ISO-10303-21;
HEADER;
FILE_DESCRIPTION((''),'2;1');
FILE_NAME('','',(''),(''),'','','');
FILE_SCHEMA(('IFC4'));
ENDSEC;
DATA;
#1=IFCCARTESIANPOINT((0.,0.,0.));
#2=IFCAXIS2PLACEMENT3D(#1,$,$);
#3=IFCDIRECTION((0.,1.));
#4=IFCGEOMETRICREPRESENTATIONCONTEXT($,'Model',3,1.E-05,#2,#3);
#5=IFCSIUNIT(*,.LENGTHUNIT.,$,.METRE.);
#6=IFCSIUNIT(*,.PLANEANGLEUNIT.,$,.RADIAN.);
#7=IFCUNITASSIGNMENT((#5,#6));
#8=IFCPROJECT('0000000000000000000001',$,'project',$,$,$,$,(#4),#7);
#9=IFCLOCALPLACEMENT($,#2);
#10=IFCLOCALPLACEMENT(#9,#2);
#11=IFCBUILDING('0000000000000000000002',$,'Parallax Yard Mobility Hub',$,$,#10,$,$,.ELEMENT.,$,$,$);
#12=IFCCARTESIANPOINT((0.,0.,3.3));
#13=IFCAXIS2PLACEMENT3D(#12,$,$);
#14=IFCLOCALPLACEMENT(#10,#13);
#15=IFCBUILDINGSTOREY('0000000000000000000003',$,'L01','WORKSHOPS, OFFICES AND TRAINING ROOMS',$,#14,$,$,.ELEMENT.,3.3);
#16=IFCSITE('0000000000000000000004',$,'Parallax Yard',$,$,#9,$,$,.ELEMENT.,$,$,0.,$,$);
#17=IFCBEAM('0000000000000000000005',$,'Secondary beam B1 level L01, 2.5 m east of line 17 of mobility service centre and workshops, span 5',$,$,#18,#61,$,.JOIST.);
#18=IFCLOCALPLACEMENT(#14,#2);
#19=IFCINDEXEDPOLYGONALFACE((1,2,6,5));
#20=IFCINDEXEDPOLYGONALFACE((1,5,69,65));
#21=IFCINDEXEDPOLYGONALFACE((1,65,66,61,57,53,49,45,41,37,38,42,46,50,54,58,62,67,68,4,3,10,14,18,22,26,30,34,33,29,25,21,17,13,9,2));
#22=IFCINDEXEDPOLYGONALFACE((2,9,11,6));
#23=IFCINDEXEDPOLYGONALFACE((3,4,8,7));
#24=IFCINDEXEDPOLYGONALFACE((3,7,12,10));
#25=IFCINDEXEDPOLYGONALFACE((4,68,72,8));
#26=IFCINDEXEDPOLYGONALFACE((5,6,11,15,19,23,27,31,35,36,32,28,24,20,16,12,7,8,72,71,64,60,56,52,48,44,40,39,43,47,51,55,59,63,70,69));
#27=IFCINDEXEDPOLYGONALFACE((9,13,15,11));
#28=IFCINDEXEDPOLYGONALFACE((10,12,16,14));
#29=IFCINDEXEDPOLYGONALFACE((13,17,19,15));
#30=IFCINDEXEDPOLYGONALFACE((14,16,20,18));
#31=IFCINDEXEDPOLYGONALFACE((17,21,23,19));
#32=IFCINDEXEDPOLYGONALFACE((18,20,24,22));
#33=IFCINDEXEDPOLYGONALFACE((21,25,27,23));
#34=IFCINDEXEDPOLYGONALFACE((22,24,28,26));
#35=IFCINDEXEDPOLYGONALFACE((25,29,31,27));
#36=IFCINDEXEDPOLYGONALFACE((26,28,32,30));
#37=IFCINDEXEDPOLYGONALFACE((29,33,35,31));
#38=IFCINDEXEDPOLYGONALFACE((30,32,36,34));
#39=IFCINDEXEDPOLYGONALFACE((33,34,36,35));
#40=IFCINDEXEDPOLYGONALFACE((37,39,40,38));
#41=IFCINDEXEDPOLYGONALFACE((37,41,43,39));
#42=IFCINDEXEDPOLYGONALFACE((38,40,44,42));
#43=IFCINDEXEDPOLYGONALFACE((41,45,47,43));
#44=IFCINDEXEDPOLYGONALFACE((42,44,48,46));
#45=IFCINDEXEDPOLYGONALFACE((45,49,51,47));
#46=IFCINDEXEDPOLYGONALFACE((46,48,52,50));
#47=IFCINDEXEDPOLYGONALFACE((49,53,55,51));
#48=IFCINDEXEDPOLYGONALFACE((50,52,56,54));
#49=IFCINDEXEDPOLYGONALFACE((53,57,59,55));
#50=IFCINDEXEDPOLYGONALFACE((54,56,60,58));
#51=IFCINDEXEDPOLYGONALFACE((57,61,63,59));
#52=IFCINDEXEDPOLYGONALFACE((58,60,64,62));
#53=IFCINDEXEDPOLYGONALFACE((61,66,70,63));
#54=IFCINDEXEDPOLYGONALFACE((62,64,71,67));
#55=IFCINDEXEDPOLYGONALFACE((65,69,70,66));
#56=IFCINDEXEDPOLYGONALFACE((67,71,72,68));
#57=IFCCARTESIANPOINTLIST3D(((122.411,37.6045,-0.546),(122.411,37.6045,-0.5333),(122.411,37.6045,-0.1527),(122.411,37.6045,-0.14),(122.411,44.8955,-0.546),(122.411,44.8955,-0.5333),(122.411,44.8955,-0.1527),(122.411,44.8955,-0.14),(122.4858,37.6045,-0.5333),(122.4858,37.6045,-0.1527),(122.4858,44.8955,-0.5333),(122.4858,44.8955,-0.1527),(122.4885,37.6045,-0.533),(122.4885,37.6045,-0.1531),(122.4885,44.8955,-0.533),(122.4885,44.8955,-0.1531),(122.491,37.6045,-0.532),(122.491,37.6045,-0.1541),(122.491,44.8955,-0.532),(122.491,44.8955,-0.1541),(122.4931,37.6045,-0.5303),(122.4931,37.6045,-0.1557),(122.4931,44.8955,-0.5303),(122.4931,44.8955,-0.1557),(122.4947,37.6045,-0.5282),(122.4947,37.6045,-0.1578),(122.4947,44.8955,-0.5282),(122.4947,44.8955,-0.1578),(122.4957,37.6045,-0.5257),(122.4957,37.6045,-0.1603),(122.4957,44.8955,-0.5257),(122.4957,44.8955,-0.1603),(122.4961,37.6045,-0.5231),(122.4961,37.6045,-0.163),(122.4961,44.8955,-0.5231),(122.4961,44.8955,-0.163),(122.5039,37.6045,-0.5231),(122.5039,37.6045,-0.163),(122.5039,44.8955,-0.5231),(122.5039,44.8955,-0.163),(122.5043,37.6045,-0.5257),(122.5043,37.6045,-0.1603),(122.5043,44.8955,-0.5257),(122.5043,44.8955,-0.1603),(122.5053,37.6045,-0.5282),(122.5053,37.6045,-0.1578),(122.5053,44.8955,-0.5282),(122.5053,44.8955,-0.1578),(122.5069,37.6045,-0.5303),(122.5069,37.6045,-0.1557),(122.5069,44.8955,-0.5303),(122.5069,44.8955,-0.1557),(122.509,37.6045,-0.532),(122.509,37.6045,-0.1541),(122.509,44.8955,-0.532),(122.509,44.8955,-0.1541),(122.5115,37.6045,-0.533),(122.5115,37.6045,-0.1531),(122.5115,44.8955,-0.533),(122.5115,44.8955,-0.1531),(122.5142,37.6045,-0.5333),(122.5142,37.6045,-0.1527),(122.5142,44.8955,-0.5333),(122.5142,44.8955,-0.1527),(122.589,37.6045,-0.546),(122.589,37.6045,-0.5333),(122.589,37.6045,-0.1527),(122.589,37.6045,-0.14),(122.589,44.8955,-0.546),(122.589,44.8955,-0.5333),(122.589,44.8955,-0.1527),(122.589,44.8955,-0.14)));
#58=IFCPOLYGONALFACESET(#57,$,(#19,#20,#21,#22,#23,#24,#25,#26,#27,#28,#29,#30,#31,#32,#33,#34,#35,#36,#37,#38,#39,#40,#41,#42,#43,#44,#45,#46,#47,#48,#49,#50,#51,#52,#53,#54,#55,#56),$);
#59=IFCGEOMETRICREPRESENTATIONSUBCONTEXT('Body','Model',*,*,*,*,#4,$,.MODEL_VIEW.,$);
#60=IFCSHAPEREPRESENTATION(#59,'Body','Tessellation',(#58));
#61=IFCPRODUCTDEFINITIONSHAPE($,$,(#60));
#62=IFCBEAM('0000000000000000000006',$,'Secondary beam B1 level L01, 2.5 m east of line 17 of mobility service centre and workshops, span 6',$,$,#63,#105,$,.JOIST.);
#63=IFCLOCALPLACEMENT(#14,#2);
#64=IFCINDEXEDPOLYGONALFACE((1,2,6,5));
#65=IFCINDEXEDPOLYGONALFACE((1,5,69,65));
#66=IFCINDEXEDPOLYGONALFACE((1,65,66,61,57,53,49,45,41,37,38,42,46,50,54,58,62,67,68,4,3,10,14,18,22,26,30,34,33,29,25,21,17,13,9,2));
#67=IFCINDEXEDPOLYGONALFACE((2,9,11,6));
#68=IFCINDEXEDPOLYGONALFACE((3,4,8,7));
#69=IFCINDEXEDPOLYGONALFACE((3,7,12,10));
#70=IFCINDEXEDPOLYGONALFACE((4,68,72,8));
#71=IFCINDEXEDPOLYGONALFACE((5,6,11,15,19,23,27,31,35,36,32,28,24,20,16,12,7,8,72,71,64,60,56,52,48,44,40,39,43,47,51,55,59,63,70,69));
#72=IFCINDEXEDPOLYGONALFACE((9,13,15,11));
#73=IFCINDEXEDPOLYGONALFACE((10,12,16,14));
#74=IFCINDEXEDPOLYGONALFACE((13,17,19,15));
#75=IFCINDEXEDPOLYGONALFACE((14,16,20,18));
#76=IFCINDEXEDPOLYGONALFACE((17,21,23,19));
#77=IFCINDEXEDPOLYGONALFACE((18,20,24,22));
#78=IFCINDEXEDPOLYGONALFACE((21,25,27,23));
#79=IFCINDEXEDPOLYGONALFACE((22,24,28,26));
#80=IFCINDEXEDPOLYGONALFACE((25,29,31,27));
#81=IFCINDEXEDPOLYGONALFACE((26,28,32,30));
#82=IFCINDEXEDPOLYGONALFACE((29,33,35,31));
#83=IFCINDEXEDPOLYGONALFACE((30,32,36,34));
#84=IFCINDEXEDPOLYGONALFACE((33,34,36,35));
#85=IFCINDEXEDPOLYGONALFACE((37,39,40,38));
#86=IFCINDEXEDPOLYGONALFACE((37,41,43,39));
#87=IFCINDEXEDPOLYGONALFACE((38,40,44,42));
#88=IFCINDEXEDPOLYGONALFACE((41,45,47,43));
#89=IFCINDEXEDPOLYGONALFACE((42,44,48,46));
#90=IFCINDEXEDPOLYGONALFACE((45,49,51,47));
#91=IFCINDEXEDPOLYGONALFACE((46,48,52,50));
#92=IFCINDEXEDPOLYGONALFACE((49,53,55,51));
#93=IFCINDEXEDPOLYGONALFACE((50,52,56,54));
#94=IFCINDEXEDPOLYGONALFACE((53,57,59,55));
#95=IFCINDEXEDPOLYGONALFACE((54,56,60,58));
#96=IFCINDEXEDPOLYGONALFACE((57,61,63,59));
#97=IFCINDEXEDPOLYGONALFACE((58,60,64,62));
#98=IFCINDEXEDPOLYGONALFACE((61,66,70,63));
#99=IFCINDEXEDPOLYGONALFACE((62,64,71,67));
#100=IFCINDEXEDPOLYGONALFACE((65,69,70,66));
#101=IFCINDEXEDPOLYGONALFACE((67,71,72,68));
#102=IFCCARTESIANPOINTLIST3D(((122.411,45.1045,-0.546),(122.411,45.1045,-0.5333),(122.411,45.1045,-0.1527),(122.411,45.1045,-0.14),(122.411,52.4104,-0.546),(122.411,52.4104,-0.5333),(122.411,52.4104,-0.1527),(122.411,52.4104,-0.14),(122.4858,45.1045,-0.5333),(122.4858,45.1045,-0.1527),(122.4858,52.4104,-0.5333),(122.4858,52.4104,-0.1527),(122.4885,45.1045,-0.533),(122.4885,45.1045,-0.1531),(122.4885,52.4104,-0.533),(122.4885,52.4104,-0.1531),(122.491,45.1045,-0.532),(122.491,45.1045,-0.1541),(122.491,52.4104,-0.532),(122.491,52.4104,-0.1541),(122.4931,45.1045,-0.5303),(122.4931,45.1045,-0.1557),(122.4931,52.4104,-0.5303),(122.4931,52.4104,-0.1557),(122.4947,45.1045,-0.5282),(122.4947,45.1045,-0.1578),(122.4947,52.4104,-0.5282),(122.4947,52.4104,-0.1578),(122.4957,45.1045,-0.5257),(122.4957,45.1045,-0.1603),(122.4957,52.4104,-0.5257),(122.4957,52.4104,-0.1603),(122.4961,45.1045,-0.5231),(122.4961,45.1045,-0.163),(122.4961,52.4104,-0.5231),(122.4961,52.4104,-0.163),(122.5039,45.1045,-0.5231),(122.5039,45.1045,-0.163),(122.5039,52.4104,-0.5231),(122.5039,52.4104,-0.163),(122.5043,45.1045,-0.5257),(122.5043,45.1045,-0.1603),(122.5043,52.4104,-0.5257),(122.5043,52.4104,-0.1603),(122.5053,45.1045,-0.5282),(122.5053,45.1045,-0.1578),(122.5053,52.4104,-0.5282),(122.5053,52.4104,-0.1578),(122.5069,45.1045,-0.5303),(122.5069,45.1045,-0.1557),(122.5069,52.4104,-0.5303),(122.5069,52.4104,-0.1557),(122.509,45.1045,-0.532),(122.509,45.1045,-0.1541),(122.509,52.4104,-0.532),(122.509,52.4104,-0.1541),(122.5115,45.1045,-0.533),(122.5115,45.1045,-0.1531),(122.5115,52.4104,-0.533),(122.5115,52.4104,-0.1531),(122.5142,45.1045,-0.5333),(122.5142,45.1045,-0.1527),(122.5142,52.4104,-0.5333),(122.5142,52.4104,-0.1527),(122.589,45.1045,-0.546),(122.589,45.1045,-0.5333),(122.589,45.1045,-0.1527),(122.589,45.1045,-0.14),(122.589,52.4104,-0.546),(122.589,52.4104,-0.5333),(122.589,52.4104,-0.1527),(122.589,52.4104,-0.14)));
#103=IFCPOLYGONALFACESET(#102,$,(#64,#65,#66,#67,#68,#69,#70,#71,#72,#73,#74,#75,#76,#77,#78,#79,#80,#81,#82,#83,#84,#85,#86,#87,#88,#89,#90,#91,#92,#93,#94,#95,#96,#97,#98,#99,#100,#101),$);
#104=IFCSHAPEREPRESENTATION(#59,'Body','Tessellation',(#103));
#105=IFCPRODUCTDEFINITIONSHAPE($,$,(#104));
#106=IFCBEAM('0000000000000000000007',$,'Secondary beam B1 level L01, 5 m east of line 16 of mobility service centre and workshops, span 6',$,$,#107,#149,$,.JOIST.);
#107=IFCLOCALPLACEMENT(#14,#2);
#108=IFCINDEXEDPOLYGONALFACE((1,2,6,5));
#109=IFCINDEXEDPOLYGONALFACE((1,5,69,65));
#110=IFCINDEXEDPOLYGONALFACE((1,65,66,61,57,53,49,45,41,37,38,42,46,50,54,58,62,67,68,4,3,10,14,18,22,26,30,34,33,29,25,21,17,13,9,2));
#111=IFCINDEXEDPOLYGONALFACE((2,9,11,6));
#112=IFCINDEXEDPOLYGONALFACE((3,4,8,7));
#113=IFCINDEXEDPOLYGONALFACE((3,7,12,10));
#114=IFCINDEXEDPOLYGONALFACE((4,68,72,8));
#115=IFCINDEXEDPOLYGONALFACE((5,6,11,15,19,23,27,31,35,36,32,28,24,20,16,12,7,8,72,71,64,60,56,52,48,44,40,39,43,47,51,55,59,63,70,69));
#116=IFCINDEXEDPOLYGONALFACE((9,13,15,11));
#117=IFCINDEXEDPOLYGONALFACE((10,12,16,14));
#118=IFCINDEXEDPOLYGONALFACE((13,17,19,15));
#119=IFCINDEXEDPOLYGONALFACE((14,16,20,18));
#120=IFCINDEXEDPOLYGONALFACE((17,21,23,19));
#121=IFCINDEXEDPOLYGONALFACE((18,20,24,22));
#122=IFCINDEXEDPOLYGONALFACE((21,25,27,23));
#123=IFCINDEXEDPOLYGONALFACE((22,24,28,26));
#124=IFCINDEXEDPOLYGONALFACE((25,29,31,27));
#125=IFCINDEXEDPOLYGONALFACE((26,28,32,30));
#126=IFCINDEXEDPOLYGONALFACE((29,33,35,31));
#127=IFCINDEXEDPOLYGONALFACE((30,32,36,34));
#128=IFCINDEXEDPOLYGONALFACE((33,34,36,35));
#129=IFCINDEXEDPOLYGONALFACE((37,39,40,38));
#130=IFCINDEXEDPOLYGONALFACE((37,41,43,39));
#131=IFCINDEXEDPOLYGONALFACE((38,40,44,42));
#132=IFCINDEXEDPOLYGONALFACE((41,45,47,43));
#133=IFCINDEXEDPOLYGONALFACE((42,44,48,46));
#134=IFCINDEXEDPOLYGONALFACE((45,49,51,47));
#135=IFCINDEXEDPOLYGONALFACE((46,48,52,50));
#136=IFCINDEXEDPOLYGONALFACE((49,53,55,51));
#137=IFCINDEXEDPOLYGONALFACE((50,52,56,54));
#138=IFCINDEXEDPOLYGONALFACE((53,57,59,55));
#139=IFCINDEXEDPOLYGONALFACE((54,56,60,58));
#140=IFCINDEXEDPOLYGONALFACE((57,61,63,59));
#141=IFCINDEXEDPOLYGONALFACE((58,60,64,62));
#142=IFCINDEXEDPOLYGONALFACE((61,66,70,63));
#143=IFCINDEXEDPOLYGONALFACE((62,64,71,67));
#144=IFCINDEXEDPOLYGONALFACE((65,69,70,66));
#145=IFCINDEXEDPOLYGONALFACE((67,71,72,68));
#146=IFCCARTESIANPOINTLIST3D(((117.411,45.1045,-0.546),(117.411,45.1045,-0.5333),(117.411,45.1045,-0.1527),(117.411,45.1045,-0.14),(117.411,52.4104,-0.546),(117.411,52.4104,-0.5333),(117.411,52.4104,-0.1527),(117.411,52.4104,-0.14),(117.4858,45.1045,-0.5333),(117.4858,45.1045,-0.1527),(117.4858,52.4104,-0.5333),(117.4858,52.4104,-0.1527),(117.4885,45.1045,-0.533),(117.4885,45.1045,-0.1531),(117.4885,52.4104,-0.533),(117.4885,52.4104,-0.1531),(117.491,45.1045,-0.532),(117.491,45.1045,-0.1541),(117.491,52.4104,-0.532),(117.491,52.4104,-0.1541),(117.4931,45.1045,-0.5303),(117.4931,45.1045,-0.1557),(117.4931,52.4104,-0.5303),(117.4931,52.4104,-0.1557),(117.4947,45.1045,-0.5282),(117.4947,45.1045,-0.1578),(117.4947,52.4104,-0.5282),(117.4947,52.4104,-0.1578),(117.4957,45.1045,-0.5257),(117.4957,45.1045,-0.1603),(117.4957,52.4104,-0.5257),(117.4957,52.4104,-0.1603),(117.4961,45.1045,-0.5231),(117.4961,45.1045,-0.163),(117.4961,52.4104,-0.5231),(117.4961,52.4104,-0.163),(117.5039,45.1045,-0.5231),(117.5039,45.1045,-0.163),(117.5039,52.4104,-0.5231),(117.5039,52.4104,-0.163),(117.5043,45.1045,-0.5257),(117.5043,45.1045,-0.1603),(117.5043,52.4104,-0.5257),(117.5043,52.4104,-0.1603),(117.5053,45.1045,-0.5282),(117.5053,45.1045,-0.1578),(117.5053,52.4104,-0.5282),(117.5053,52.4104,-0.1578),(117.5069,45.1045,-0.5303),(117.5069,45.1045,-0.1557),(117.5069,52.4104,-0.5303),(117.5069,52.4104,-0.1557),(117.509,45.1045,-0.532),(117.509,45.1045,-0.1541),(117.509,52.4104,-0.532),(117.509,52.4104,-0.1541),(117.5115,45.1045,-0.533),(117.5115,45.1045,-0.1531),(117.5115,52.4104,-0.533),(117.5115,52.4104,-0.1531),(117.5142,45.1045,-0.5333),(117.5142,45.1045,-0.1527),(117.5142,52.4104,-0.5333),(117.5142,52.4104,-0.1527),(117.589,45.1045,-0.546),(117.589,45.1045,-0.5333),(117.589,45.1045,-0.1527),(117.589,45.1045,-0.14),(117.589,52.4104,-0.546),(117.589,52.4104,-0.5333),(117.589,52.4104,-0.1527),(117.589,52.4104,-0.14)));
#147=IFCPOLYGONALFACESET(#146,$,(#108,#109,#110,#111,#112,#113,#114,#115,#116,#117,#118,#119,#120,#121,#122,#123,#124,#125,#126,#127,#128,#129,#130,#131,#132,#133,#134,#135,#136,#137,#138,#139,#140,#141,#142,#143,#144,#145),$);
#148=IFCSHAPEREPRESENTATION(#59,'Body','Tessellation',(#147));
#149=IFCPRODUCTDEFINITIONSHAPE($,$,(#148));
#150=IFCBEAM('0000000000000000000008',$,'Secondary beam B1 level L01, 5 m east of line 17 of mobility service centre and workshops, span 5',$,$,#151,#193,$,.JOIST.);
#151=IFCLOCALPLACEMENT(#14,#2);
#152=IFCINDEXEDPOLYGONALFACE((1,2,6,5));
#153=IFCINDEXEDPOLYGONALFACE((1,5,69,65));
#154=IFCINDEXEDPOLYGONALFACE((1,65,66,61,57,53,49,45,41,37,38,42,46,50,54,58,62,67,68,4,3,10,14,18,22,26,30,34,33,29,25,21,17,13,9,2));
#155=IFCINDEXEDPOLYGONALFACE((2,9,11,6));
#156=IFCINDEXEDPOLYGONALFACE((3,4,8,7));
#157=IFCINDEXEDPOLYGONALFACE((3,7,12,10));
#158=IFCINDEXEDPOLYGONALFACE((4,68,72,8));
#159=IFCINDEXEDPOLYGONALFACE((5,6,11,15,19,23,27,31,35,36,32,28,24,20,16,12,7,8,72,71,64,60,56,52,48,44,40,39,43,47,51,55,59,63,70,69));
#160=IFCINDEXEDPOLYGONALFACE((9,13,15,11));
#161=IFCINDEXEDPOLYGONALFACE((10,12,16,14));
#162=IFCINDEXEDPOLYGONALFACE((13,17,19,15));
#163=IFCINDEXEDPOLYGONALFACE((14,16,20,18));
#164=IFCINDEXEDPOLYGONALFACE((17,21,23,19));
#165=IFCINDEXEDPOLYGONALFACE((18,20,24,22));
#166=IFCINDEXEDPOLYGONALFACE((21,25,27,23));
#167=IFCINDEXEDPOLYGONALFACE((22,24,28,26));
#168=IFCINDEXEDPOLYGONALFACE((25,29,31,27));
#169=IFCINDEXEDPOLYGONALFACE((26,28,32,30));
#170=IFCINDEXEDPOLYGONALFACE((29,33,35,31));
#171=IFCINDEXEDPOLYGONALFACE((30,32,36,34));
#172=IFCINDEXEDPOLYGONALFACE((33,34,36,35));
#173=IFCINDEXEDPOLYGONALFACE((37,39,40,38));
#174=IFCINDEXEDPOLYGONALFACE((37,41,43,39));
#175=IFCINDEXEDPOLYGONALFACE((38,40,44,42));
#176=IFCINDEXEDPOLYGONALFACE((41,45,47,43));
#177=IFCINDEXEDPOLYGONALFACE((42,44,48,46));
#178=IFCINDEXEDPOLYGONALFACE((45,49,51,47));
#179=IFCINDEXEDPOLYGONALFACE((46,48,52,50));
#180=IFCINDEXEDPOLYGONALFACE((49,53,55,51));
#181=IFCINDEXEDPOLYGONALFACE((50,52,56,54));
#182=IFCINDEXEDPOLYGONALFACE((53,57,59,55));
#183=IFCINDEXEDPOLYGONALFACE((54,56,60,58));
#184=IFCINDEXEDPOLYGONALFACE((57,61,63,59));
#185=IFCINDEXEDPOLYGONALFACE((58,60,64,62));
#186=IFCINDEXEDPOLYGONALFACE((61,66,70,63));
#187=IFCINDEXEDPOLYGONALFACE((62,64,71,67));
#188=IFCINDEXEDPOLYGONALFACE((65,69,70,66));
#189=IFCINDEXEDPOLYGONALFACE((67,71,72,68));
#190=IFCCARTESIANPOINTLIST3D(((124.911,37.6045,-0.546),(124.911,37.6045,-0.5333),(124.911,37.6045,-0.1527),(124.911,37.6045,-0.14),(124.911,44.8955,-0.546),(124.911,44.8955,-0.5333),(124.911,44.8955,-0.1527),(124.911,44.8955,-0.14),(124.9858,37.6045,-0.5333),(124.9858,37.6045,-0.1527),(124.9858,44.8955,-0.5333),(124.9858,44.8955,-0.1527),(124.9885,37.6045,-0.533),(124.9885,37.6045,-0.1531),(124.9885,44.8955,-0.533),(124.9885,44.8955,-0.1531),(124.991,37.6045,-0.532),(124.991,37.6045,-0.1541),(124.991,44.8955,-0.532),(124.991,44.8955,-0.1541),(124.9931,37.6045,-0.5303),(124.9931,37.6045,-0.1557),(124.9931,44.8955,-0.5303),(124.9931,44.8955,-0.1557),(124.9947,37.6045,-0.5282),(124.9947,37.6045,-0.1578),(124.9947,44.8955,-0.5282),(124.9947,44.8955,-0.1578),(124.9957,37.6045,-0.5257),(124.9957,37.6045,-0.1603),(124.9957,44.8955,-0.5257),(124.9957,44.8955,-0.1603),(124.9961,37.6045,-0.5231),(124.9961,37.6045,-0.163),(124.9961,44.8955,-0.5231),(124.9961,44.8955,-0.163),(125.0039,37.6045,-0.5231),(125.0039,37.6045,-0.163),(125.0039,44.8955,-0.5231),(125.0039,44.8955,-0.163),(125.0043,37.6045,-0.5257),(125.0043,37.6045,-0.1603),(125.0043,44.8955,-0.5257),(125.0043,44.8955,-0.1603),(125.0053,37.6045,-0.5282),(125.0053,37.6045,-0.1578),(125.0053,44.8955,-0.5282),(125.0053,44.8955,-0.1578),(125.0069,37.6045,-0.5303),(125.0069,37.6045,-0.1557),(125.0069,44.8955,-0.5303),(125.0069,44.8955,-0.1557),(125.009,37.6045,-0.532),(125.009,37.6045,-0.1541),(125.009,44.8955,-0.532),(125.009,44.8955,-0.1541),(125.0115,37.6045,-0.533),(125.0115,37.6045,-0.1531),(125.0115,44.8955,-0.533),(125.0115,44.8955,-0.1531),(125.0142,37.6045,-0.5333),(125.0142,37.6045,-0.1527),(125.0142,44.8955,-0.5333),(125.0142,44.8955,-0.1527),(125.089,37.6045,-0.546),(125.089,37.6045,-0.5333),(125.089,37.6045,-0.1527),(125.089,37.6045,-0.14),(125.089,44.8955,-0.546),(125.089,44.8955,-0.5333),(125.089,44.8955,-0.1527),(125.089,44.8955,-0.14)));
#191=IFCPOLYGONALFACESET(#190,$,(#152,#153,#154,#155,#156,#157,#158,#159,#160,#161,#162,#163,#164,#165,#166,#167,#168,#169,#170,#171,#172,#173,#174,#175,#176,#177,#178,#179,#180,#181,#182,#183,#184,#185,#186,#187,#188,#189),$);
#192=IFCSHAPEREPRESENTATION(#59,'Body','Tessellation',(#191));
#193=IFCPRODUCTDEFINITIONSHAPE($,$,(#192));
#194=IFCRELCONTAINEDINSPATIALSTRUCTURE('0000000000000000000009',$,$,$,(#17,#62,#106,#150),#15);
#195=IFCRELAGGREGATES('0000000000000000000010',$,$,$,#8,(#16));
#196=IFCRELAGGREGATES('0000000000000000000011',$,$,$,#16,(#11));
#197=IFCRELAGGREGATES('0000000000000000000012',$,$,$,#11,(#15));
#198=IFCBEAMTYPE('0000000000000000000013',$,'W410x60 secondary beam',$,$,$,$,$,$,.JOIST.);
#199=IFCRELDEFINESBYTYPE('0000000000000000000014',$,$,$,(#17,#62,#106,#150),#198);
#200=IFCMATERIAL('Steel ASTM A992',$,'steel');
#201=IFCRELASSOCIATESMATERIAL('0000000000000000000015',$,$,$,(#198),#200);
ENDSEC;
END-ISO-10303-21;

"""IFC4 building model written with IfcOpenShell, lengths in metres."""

from ifc_helpers import new_model, si_unit, direction, frame, origin, origin_2d, place, context, subcontext, project, spatial, i_section, extrude, material, material_profile, profile_set, type_object, element, save


model = new_model("IFC4")

# Units and contexts
model_context = context("Model", 3, precision=1e-05, world=origin(), true_north=direction((0.0, 1.0)))
body_context = subcontext(model_context, "Body", "Model", "MODEL_VIEW")
ifc_project = project(units=[si_unit("LENGTHUNIT", "METRE"), si_unit("PLANEANGLEUNIT", "RADIAN")], contexts=[model_context])

# Site, building, storey
site_placement = place(None, origin())
site = spatial("IfcSite", under=ifc_project, at=site_placement, Name="Parallax Yard", CompositionType="ELEMENT", RefElevation=0.0)
building_placement = place(site_placement, origin())
building = spatial("IfcBuilding", under=site, at=building_placement, Name="Parallax Yard Mobility Hub", CompositionType="ELEMENT")
storey_placement = place(building_placement, frame((0.0, 0.0, 3.3)))
storey = spatial("IfcBuildingStorey", under=building, at=storey_placement, Name="L01", Description="WORKSHOPS, OFFICES AND TRAINING ROOMS", CompositionType="ELEMENT", Elevation=3.3)

# Shared definitions
ifc_material_1 = material(Name="Steel ASTM A992", Category="steel")

# Beams
ifc_material_profile_1 = material_profile(ifc_material_1, i_section(OverallWidth=0.178, OverallDepth=0.406, WebThickness=0.0078, FlangeThickness=0.0127, FilletRadius=0.0103, at=origin_2d()), Name="W410x60")
ifc_profile_set_1 = profile_set([ifc_material_profile_1], Name="Steel ASTM A992")
beam_type_1 = type_object("IfcBeamType", Name="W410x60 secondary beam", PredefinedType="JOIST", material=ifc_profile_set_1)
beam_1_placement = place(storey_placement, frame((122.5, 37.6045, -0.343), z_axis=(0.0, 1.0, 0.0), x_axis=(-1.0, 0.0, 0.0)))
element("IfcBeam", 1, at=beam_1_placement, inside=storey, type_object=beam_type_1, Name="Secondary beam B1 level L01, 2.5 m east of line 17 of mobility service centre and workshops, span 5", PredefinedType="JOIST", context=body_context, shape_type="SweptSolid", body=[
    extrude(i_section(OverallWidth=0.178, OverallDepth=0.406, WebThickness=0.0078, FlangeThickness=0.0127, FilletRadius=0.0103, at=origin_2d()), origin(), (0.0, 0.0, 1.0), 7.291),
])
for number, where, z_axis, x_axis, name in (
    (2, (122.5, 45.1045, -0.343), (0.0, 1.0, 0.0), (-1.0, 0.0, 0.0), "Secondary beam B1 level L01, 2.5 m east of line 17 of mobility service centre and workshops, span 6"),
    (3, (117.5, 45.1045, -0.343), (0.0, 1.0, 0.0), (-1.0, 0.0, 0.0), "Secondary beam B1 level L01, 5 m east of line 16 of mobility service centre and workshops, span 6"),
):
    element("IfcBeam", number, at=place(storey_placement, frame(where, z_axis=z_axis, x_axis=x_axis)), inside=storey, type_object=beam_type_1, Name=name, PredefinedType="JOIST", context=body_context, shape_type="SweptSolid", body=[
        extrude(i_section(OverallWidth=0.178, OverallDepth=0.406, WebThickness=0.0078, FlangeThickness=0.0127, FilletRadius=0.0103, at=origin_2d()), origin(), (0.0, 0.0, 1.0), 7.3059),
    ])
beam_2_placement = place(storey_placement, frame((125.0, 37.6045, -0.343), z_axis=(0.0, 1.0, 0.0), x_axis=(-1.0, 0.0, 0.0)))
element("IfcBeam", 4, at=beam_2_placement, inside=storey, type_object=beam_type_1, Name="Secondary beam B1 level L01, 5 m east of line 17 of mobility service centre and workshops, span 5", PredefinedType="JOIST", context=body_context, shape_type="SweptSolid", body=[
    extrude(i_section(OverallWidth=0.178, OverallDepth=0.406, WebThickness=0.0078, FlangeThickness=0.0127, FilletRadius=0.0103, at=origin_2d()), origin(), (0.0, 0.0, 1.0), 7.291),
])

save(model, "model.ifc")
